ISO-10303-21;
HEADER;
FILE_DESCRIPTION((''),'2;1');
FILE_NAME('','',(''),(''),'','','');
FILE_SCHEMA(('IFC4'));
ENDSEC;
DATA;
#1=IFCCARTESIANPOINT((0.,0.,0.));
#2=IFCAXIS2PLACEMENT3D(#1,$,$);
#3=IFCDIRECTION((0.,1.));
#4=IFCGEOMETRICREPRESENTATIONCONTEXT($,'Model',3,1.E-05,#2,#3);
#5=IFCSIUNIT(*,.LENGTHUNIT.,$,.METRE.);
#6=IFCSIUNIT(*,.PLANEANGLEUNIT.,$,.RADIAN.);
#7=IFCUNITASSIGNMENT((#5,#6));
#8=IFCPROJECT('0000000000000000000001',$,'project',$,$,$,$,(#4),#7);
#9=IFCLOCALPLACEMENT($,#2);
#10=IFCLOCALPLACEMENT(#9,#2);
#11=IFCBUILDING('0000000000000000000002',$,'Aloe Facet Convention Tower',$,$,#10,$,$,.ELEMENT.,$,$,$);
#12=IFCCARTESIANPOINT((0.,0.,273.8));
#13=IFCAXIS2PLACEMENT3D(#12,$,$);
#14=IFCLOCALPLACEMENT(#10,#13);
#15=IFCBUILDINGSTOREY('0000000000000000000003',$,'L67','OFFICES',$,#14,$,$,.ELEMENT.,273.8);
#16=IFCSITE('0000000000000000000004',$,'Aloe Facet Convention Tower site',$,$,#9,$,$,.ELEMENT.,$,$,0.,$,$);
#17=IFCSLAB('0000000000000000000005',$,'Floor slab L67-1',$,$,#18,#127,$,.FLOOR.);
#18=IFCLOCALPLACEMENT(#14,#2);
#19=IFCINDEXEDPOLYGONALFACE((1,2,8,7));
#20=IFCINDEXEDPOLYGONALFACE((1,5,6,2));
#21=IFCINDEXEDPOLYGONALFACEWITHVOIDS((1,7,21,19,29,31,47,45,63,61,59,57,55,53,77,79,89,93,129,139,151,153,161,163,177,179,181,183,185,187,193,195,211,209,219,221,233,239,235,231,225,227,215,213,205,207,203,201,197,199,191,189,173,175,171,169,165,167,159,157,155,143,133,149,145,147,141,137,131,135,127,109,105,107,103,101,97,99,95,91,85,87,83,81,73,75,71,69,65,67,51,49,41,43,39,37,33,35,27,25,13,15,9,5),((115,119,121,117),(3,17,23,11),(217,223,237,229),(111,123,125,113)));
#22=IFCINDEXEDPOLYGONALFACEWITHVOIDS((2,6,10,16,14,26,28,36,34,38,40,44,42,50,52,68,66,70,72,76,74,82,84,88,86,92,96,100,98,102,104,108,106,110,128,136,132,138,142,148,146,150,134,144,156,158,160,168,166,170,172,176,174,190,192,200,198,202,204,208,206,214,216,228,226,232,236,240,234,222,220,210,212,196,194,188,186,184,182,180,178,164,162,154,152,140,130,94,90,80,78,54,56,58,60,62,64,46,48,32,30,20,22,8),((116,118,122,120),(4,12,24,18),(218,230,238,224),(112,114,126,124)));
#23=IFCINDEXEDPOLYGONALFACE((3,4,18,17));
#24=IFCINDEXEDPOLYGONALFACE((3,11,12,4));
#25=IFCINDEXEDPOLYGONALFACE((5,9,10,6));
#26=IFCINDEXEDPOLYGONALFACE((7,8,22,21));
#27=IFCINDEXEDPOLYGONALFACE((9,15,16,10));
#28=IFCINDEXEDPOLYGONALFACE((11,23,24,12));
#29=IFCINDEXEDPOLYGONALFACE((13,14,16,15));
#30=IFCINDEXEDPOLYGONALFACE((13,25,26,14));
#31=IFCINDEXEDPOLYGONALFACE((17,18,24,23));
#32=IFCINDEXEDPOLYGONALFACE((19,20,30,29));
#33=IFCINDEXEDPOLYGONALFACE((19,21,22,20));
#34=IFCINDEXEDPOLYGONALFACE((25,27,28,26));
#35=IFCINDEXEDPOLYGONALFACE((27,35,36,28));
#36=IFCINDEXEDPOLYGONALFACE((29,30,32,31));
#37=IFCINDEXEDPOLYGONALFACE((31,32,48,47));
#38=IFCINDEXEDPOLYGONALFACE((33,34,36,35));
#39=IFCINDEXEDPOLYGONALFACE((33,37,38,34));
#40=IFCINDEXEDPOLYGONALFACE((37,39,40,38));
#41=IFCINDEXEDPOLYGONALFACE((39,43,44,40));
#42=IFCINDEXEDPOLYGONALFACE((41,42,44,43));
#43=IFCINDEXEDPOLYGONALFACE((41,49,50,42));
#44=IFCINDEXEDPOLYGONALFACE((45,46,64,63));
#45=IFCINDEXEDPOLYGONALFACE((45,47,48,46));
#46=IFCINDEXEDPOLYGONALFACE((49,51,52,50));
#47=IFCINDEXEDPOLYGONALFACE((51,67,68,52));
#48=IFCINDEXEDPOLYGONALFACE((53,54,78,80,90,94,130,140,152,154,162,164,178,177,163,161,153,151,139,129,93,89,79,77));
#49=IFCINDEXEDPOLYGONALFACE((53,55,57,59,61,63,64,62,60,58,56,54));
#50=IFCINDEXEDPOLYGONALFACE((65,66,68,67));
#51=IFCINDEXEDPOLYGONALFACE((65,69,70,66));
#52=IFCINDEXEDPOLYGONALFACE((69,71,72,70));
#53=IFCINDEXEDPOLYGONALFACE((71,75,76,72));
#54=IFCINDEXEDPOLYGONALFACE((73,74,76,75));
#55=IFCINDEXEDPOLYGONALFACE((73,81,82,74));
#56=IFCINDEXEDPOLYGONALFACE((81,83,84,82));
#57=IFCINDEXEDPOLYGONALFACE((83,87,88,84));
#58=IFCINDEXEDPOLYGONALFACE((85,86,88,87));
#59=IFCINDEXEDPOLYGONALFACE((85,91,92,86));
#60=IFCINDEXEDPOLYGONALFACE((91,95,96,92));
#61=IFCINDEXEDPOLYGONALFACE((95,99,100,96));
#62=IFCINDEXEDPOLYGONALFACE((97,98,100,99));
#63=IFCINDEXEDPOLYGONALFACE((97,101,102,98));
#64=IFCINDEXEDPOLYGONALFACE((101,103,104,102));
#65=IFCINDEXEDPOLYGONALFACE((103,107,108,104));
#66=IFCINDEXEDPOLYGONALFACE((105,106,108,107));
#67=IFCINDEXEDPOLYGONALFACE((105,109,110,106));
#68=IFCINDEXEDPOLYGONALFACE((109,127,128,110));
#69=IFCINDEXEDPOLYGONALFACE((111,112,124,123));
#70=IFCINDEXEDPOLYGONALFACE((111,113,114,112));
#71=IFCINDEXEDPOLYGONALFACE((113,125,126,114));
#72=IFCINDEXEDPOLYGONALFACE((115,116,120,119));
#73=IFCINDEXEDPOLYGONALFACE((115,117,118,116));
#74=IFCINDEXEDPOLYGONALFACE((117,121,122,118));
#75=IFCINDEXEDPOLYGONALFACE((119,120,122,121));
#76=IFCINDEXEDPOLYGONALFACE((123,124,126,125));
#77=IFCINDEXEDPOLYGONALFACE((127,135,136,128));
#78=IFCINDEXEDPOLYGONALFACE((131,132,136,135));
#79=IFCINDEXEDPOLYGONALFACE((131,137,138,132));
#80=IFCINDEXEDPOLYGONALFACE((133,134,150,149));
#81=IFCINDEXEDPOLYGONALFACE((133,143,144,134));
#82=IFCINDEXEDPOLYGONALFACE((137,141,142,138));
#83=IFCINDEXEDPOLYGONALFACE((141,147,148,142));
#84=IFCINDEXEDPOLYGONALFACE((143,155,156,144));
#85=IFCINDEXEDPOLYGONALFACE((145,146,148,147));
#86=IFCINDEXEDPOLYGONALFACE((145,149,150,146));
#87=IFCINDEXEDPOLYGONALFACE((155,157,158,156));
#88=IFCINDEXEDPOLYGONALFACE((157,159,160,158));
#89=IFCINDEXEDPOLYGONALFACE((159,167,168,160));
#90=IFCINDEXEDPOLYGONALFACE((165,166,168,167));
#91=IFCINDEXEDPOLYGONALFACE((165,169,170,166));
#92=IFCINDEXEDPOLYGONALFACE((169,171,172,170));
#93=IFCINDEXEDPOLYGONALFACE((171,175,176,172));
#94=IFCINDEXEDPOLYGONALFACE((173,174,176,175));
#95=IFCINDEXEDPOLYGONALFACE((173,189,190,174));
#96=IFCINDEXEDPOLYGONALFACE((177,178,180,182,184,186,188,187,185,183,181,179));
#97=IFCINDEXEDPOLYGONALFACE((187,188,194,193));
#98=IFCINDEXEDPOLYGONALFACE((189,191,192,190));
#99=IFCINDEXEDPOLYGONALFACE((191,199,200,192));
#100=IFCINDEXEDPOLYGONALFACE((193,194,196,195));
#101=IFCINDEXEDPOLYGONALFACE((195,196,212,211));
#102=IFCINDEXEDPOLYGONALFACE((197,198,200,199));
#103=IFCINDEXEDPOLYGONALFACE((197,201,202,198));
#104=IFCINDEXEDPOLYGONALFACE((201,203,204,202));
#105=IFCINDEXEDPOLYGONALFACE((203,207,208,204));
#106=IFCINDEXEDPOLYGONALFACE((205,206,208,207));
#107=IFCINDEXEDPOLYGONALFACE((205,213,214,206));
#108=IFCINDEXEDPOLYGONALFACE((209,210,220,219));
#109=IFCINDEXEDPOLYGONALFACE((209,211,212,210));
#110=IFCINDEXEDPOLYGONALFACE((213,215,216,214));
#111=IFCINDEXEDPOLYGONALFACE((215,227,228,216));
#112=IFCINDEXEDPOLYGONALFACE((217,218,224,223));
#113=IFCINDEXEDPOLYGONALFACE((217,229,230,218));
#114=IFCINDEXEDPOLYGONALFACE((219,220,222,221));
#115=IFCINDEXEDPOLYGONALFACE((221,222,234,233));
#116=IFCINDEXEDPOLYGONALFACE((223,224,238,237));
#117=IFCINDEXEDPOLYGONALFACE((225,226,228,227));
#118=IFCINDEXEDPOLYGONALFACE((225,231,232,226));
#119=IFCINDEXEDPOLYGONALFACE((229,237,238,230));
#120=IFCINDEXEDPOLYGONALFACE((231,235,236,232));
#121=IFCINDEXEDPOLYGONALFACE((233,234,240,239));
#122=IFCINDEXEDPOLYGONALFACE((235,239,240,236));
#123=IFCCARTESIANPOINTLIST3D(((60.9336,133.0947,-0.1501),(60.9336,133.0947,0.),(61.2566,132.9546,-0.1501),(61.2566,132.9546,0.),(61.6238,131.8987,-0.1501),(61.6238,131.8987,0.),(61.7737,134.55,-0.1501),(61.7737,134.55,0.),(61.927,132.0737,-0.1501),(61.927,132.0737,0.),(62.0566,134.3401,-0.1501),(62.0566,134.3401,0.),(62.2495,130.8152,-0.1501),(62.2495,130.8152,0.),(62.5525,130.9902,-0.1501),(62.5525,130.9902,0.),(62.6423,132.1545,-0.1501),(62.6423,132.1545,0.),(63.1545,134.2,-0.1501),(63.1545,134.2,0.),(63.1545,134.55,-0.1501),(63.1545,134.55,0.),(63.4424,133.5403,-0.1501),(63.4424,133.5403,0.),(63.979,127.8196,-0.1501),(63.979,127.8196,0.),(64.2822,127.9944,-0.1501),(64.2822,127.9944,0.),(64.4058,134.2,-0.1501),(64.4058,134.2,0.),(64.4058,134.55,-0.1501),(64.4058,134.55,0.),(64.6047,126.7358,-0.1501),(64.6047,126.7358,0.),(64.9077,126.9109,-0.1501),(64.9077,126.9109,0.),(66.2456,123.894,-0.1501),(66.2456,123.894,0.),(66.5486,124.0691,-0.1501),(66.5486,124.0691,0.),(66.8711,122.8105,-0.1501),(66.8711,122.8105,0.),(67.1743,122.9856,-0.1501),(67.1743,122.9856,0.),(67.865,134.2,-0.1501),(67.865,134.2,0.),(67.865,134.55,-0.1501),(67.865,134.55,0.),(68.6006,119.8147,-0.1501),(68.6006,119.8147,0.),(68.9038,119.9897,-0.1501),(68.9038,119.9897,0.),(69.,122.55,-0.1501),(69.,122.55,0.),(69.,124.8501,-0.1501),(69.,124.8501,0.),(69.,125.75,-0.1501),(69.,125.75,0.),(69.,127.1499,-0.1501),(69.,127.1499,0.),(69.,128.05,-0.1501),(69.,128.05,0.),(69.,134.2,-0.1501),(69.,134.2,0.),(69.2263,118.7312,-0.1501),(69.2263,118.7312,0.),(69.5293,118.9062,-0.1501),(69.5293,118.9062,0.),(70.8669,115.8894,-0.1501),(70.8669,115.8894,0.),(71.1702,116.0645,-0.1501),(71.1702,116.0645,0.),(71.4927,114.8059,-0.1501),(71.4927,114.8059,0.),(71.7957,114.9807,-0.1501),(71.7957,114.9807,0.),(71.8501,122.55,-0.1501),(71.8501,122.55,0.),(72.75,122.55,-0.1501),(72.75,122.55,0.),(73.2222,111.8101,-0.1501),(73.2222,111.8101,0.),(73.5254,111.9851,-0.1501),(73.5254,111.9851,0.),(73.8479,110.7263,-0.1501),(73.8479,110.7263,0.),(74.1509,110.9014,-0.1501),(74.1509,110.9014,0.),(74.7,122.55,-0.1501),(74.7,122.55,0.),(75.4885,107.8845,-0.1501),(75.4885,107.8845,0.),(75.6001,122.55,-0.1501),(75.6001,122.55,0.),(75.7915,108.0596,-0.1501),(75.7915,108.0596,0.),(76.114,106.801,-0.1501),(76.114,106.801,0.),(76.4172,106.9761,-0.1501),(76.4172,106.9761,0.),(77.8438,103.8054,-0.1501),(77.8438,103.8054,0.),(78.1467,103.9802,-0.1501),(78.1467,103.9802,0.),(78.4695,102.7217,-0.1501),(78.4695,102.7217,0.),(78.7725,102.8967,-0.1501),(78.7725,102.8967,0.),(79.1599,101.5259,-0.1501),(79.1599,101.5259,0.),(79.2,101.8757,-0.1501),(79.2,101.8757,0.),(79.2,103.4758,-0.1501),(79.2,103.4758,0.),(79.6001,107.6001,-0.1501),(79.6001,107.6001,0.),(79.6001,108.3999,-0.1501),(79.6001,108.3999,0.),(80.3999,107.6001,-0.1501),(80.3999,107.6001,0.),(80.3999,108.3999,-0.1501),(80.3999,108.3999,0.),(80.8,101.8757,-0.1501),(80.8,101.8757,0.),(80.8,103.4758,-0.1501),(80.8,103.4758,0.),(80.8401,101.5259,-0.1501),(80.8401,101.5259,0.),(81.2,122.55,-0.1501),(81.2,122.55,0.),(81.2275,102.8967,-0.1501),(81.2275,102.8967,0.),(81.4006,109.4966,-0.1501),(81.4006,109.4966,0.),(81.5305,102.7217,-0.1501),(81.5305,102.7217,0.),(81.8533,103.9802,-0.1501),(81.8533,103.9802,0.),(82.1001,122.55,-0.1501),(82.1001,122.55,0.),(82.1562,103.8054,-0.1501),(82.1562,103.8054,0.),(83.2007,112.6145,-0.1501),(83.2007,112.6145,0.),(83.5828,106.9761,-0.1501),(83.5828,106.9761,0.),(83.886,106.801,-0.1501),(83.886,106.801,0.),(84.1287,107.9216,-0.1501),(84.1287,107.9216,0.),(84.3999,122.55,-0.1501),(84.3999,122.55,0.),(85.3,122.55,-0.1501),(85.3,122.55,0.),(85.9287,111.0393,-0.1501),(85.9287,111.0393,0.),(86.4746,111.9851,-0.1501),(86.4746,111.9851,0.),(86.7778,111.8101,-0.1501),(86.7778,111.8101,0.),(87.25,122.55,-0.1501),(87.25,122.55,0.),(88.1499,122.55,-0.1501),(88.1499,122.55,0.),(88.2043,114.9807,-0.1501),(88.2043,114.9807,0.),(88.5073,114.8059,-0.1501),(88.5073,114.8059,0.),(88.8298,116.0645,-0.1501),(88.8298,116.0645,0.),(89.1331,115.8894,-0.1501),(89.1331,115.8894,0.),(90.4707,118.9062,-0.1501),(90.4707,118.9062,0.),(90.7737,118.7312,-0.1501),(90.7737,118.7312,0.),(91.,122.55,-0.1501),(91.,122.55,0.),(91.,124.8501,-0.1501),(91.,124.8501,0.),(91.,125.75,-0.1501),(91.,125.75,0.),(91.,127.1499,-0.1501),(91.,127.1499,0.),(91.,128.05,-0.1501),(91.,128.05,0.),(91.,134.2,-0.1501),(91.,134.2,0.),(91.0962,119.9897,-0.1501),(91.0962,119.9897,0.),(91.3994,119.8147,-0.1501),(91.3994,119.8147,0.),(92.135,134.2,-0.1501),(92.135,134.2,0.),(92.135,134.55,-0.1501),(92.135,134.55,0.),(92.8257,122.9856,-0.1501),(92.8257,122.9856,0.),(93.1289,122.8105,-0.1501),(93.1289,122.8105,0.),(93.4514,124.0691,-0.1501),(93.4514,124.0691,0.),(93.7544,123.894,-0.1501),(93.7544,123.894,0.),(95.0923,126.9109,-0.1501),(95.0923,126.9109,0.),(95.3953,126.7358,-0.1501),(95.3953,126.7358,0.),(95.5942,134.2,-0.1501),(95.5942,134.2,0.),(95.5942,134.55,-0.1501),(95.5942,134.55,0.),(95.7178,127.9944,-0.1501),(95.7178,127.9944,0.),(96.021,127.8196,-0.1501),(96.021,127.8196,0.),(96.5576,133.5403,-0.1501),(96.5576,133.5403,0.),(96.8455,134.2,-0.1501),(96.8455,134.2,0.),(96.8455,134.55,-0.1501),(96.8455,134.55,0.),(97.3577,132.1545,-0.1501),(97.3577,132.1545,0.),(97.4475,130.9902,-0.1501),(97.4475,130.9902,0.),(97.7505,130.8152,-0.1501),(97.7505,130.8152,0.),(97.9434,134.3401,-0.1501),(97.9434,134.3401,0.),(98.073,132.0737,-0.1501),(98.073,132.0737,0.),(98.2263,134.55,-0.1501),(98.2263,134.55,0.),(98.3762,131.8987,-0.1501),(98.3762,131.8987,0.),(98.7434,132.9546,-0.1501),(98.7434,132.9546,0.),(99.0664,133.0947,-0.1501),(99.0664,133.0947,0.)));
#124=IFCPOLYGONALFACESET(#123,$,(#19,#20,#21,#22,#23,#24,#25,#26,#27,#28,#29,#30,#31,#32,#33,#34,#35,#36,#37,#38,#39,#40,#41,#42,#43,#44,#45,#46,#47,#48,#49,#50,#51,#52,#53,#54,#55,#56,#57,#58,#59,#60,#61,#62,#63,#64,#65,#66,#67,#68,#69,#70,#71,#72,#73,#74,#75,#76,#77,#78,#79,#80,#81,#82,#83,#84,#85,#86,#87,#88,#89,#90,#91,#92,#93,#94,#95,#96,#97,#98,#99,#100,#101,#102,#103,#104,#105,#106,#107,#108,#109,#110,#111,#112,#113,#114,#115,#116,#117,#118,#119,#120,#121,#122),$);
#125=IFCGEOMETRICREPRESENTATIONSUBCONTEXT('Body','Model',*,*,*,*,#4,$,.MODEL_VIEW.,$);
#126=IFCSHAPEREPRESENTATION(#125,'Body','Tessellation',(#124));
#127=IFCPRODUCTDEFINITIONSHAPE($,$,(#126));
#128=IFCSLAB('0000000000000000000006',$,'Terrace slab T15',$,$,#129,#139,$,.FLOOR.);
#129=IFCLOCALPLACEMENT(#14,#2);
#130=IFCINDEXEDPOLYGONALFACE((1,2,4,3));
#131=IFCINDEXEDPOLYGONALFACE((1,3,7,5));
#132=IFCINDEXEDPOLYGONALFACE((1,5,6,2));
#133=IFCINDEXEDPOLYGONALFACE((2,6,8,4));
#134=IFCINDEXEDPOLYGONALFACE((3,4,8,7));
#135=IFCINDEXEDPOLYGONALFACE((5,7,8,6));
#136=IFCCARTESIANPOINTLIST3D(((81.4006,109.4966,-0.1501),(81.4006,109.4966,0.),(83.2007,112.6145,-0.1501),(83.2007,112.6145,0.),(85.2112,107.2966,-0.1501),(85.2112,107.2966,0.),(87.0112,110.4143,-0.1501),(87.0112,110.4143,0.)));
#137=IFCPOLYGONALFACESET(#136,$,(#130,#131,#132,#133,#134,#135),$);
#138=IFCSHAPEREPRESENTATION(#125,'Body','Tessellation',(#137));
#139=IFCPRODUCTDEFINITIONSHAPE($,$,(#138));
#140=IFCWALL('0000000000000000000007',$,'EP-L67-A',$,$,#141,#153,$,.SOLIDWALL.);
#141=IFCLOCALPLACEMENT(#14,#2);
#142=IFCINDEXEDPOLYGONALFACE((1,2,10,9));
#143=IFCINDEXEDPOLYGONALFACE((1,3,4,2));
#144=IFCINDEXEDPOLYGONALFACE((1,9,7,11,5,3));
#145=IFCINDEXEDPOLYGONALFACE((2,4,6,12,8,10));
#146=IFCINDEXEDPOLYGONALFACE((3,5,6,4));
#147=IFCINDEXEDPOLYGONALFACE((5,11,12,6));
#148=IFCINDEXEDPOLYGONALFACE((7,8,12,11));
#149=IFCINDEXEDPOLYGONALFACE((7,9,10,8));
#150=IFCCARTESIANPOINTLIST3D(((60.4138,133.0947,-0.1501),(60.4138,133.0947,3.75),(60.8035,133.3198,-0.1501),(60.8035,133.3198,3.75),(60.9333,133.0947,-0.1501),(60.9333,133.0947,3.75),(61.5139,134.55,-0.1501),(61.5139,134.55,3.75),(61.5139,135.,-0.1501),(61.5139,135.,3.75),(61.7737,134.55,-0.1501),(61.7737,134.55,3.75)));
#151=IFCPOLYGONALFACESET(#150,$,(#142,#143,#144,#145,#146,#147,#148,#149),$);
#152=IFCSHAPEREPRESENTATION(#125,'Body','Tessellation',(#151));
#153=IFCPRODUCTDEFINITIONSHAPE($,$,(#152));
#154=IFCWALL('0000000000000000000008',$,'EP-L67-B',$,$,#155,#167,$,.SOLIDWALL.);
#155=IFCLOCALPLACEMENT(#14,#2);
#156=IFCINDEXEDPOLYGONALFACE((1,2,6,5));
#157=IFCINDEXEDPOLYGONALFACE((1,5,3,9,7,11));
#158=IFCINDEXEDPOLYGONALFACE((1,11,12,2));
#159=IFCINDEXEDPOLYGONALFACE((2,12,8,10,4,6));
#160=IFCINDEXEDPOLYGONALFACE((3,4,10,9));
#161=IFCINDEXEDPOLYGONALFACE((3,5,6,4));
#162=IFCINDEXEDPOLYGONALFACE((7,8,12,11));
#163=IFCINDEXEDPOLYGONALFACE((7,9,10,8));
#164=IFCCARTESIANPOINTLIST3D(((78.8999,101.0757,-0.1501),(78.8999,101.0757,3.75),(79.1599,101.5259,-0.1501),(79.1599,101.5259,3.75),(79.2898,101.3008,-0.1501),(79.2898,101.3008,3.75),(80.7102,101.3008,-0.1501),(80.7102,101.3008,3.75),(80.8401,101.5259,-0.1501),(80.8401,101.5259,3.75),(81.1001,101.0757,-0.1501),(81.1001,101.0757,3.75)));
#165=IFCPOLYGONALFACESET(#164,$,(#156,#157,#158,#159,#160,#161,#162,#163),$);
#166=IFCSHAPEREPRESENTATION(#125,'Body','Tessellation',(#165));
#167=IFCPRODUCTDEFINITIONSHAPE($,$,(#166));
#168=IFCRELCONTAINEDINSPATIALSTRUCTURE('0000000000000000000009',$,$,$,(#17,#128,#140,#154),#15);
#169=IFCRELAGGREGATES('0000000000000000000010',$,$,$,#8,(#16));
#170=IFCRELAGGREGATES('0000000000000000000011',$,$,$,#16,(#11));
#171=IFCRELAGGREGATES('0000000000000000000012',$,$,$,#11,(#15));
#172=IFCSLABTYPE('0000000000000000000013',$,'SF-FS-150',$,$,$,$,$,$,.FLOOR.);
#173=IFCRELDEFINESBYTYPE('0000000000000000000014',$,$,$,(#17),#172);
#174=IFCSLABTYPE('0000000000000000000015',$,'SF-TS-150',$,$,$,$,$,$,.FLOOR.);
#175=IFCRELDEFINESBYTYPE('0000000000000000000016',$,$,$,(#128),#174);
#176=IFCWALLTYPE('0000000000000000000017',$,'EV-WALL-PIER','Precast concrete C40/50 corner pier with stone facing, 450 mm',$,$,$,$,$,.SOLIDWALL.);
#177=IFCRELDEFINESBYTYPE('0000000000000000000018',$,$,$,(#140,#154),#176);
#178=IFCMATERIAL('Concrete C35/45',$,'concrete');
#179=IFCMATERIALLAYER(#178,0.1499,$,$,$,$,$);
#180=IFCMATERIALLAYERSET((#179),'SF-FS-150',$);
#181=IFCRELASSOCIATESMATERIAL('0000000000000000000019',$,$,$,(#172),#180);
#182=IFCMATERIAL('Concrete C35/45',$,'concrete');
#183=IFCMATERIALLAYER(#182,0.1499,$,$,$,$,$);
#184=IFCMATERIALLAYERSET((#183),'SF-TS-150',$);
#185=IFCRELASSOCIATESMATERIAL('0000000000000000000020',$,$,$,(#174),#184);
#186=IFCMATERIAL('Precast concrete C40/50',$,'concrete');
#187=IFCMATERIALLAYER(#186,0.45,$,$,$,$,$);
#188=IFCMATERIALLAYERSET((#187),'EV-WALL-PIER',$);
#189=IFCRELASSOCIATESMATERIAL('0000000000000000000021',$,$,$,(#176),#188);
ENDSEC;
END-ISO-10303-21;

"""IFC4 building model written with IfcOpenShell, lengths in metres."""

from ifc_helpers import new_model, si_unit, direction, frame, origin, place, context, subcontext, project, spatial, polyline, outline, extrude, material, layer, layer_set, type_object, element, save


model = new_model("IFC4")

# Units and contexts
model_context = context("Model", 3, precision=1e-05, world=origin(), true_north=direction((0.0, 1.0)))
body_context = subcontext(model_context, "Body", "Model", "MODEL_VIEW")
ifc_project = project(units=[si_unit("LENGTHUNIT", "METRE"), si_unit("PLANEANGLEUNIT", "RADIAN")], contexts=[model_context])

# Site, building, storey
site_placement = place(None, origin())
site = spatial("IfcSite", under=ifc_project, at=site_placement, Name="Aloe Facet Convention Tower site", CompositionType="ELEMENT", RefElevation=0.0)
building_placement = place(site_placement, origin())
building = spatial("IfcBuilding", under=site, at=building_placement, Name="Aloe Facet Convention Tower", CompositionType="ELEMENT")
storey_placement = place(building_placement, frame((0.0, 0.0, 273.8)))
storey = spatial("IfcBuildingStorey", under=building, at=storey_placement, Name="L67", Description="OFFICES", CompositionType="ELEMENT", Elevation=273.8)

# Slabs
ifc_material_1 = material(Name="Concrete C35/45", Category="concrete")
ifc_layer_1 = layer(ifc_material_1, 0.1499)
ifc_layer_set_1 = layer_set([ifc_layer_1], Name="SF-FS-150")
slab_type_1 = type_object("IfcSlabType", Name="SF-FS-150", PredefinedType="FLOOR", material=ifc_layer_set_1)
slab_1_placement = place(storey_placement, frame((0.0, 0.0, -0.1501)))
element("IfcSlab", 1, at=slab_1_placement, inside=storey, type_object=slab_type_1, Name="Floor slab L67-1", PredefinedType="FLOOR", context=body_context, shape_type="SweptSolid", body=[
    extrude(outline(polyline([(82.1562, 103.8054), (81.8533, 103.9802), (81.2275, 102.8967), (81.5305, 102.7217), (80.8401, 101.5259), (79.1599, 101.5259), (78.4695, 102.7217), (78.7725, 102.8967), (78.1467, 103.9802), (77.8438, 103.8054), (76.114, 106.801), (76.4172, 106.9761), (75.7915, 108.0596), (75.4885, 107.8845), (73.8479, 110.7263), (74.1509, 110.9014), (73.5254, 111.9851), (73.2222, 111.8101), (71.4927, 114.8059), (71.7957, 114.9807), (71.1702, 116.0645), (70.8669, 115.8894), (69.2263, 118.7312), (69.5293, 118.9062), (68.9038, 119.9897), (68.6006, 119.8147), (66.8711, 122.8105), (67.1743, 122.9856), (66.5486, 124.0691), (66.2456, 123.894), (64.6047, 126.7358), (64.9077, 126.9109), (64.2822, 127.9944), (63.979, 127.8196), (62.2495, 130.8152), (62.5525, 130.9902), (61.927, 132.0737), (61.6238, 131.8987), (60.9336, 133.0947), (61.7737, 134.55), (63.1545, 134.55), (63.1545, 134.2), (64.4058, 134.2), (64.4058, 134.55), (67.865, 134.55), (67.865, 134.2), (69.0, 134.2), (69.0, 128.05), (69.0, 127.1499), (69.0, 125.75), (69.0, 124.8501), (69.0, 122.55), (71.8501, 122.55), (72.75, 122.55), (74.7, 122.55), (75.6001, 122.55), (81.2, 122.55), (82.1001, 122.55), (84.3999, 122.55), (85.3, 122.55), (87.25, 122.55), (88.1499, 122.55), (91.0, 122.55), (91.0, 124.8501), (91.0, 125.75), (91.0, 127.1499), (91.0, 128.05), (91.0, 134.2), (92.135, 134.2), (92.135, 134.55), (95.5942, 134.55), (95.5942, 134.2), (96.8455, 134.2), (96.8455, 134.55), (98.2263, 134.55), (99.0664, 133.0947), (98.3762, 131.8987), (98.073, 132.0737), (97.4475, 130.9902), (97.7505, 130.8152), (96.021, 127.8196), (95.7178, 127.9944), (95.0923, 126.9109), (95.3953, 126.7358), (93.7544, 123.894), (93.4514, 124.0691), (92.8257, 122.9856), (93.1289, 122.8105), (91.3994, 119.8147), (91.0962, 119.9897), (90.4707, 118.9062), (90.7737, 118.7312), (89.1331, 115.8894), (88.8298, 116.0645), (88.2043, 114.9807), (88.5073, 114.8059), (86.7778, 111.8101), (86.4746, 111.9851), (85.9287, 111.0393), (83.2007, 112.6145), (81.4006, 109.4966), (84.1287, 107.9216), (83.5828, 106.9761), (83.886, 106.801), (82.1562, 103.8054)]), holes=[polyline([(80.8, 101.8757), (80.8, 103.4758), (79.2, 103.4758), (79.2, 101.8757), (80.8, 101.8757)]), polyline([(62.0566, 134.3401), (61.2566, 132.9546), (62.6423, 132.1545), (63.4424, 133.5403), (62.0566, 134.3401)]), polyline([(80.3999, 107.6001), (80.3999, 108.3999), (79.6001, 108.3999), (79.6001, 107.6001), (80.3999, 107.6001)]), polyline([(98.7434, 132.9546), (97.9434, 134.3401), (96.5576, 133.5403), (97.3577, 132.1545), (98.7434, 132.9546)])]), origin(), (0.0, 0.0, 1.0), 0.1501),
])
ifc_material_2 = material(Name="Concrete C35/45", Category="concrete")
ifc_layer_2 = layer(ifc_material_2, 0.1499)
ifc_layer_set_2 = layer_set([ifc_layer_2], Name="SF-TS-150")
slab_type_2 = type_object("IfcSlabType", Name="SF-TS-150", PredefinedType="FLOOR", material=ifc_layer_set_2)
slab_2_placement = place(storey_placement, frame((0.0, 0.0, -0.1501)))
element("IfcSlab", 2, at=slab_2_placement, inside=storey, type_object=slab_type_2, Name="Terrace slab T15", PredefinedType="FLOOR", context=body_context, shape_type="SweptSolid", body=[
    extrude(outline(polyline([(85.2112, 107.2966), (81.4006, 109.4966), (83.2007, 112.6145), (87.0112, 110.4143), (85.2112, 107.2966)])), origin(), (0.0, 0.0, 1.0), 0.1501),
])

# Walls
ifc_material_3 = material(Name="Precast concrete C40/50", Category="concrete")
ifc_layer_3 = layer(ifc_material_3, 0.45)
ifc_layer_set_3 = layer_set([ifc_layer_3], Name="EV-WALL-PIER")
wall_type_1 = type_object("IfcWallType", Name="EV-WALL-PIER", Description="Precast concrete C40/50 corner pier with stone facing, 450 mm", PredefinedType="SOLIDWALL", material=ifc_layer_set_3)
wall_1_placement = place(storey_placement, frame((0.0, 0.0, -0.1501)))
element("IfcWall", 3, at=wall_1_placement, inside=storey, type_object=wall_type_1, Name="EP-L67-A", PredefinedType="SOLIDWALL", context=body_context, shape_type="SweptSolid", body=[
    extrude(outline(polyline([(61.5139, 135.0), (61.5139, 134.55), (61.7737, 134.55), (60.9333, 133.0947), (60.8035, 133.3198), (60.4138, 133.0947), (61.5139, 135.0)])), origin(), (0.0, 0.0, 1.0), 3.9001),
])
wall_2_placement = place(storey_placement, frame((0.0, 0.0, -0.1501)))
element("IfcWall", 4, at=wall_2_placement, inside=storey, type_object=wall_type_1, Name="EP-L67-B", PredefinedType="SOLIDWALL", context=body_context, shape_type="SweptSolid", body=[
    extrude(outline(polyline([(78.8999, 101.0757), (79.2898, 101.3008), (79.1599, 101.5259), (80.8401, 101.5259), (80.7102, 101.3008), (81.1001, 101.0757), (78.8999, 101.0757)])), origin(), (0.0, 0.0, 1.0), 3.9001),
])

save(model, "model.ifc")
